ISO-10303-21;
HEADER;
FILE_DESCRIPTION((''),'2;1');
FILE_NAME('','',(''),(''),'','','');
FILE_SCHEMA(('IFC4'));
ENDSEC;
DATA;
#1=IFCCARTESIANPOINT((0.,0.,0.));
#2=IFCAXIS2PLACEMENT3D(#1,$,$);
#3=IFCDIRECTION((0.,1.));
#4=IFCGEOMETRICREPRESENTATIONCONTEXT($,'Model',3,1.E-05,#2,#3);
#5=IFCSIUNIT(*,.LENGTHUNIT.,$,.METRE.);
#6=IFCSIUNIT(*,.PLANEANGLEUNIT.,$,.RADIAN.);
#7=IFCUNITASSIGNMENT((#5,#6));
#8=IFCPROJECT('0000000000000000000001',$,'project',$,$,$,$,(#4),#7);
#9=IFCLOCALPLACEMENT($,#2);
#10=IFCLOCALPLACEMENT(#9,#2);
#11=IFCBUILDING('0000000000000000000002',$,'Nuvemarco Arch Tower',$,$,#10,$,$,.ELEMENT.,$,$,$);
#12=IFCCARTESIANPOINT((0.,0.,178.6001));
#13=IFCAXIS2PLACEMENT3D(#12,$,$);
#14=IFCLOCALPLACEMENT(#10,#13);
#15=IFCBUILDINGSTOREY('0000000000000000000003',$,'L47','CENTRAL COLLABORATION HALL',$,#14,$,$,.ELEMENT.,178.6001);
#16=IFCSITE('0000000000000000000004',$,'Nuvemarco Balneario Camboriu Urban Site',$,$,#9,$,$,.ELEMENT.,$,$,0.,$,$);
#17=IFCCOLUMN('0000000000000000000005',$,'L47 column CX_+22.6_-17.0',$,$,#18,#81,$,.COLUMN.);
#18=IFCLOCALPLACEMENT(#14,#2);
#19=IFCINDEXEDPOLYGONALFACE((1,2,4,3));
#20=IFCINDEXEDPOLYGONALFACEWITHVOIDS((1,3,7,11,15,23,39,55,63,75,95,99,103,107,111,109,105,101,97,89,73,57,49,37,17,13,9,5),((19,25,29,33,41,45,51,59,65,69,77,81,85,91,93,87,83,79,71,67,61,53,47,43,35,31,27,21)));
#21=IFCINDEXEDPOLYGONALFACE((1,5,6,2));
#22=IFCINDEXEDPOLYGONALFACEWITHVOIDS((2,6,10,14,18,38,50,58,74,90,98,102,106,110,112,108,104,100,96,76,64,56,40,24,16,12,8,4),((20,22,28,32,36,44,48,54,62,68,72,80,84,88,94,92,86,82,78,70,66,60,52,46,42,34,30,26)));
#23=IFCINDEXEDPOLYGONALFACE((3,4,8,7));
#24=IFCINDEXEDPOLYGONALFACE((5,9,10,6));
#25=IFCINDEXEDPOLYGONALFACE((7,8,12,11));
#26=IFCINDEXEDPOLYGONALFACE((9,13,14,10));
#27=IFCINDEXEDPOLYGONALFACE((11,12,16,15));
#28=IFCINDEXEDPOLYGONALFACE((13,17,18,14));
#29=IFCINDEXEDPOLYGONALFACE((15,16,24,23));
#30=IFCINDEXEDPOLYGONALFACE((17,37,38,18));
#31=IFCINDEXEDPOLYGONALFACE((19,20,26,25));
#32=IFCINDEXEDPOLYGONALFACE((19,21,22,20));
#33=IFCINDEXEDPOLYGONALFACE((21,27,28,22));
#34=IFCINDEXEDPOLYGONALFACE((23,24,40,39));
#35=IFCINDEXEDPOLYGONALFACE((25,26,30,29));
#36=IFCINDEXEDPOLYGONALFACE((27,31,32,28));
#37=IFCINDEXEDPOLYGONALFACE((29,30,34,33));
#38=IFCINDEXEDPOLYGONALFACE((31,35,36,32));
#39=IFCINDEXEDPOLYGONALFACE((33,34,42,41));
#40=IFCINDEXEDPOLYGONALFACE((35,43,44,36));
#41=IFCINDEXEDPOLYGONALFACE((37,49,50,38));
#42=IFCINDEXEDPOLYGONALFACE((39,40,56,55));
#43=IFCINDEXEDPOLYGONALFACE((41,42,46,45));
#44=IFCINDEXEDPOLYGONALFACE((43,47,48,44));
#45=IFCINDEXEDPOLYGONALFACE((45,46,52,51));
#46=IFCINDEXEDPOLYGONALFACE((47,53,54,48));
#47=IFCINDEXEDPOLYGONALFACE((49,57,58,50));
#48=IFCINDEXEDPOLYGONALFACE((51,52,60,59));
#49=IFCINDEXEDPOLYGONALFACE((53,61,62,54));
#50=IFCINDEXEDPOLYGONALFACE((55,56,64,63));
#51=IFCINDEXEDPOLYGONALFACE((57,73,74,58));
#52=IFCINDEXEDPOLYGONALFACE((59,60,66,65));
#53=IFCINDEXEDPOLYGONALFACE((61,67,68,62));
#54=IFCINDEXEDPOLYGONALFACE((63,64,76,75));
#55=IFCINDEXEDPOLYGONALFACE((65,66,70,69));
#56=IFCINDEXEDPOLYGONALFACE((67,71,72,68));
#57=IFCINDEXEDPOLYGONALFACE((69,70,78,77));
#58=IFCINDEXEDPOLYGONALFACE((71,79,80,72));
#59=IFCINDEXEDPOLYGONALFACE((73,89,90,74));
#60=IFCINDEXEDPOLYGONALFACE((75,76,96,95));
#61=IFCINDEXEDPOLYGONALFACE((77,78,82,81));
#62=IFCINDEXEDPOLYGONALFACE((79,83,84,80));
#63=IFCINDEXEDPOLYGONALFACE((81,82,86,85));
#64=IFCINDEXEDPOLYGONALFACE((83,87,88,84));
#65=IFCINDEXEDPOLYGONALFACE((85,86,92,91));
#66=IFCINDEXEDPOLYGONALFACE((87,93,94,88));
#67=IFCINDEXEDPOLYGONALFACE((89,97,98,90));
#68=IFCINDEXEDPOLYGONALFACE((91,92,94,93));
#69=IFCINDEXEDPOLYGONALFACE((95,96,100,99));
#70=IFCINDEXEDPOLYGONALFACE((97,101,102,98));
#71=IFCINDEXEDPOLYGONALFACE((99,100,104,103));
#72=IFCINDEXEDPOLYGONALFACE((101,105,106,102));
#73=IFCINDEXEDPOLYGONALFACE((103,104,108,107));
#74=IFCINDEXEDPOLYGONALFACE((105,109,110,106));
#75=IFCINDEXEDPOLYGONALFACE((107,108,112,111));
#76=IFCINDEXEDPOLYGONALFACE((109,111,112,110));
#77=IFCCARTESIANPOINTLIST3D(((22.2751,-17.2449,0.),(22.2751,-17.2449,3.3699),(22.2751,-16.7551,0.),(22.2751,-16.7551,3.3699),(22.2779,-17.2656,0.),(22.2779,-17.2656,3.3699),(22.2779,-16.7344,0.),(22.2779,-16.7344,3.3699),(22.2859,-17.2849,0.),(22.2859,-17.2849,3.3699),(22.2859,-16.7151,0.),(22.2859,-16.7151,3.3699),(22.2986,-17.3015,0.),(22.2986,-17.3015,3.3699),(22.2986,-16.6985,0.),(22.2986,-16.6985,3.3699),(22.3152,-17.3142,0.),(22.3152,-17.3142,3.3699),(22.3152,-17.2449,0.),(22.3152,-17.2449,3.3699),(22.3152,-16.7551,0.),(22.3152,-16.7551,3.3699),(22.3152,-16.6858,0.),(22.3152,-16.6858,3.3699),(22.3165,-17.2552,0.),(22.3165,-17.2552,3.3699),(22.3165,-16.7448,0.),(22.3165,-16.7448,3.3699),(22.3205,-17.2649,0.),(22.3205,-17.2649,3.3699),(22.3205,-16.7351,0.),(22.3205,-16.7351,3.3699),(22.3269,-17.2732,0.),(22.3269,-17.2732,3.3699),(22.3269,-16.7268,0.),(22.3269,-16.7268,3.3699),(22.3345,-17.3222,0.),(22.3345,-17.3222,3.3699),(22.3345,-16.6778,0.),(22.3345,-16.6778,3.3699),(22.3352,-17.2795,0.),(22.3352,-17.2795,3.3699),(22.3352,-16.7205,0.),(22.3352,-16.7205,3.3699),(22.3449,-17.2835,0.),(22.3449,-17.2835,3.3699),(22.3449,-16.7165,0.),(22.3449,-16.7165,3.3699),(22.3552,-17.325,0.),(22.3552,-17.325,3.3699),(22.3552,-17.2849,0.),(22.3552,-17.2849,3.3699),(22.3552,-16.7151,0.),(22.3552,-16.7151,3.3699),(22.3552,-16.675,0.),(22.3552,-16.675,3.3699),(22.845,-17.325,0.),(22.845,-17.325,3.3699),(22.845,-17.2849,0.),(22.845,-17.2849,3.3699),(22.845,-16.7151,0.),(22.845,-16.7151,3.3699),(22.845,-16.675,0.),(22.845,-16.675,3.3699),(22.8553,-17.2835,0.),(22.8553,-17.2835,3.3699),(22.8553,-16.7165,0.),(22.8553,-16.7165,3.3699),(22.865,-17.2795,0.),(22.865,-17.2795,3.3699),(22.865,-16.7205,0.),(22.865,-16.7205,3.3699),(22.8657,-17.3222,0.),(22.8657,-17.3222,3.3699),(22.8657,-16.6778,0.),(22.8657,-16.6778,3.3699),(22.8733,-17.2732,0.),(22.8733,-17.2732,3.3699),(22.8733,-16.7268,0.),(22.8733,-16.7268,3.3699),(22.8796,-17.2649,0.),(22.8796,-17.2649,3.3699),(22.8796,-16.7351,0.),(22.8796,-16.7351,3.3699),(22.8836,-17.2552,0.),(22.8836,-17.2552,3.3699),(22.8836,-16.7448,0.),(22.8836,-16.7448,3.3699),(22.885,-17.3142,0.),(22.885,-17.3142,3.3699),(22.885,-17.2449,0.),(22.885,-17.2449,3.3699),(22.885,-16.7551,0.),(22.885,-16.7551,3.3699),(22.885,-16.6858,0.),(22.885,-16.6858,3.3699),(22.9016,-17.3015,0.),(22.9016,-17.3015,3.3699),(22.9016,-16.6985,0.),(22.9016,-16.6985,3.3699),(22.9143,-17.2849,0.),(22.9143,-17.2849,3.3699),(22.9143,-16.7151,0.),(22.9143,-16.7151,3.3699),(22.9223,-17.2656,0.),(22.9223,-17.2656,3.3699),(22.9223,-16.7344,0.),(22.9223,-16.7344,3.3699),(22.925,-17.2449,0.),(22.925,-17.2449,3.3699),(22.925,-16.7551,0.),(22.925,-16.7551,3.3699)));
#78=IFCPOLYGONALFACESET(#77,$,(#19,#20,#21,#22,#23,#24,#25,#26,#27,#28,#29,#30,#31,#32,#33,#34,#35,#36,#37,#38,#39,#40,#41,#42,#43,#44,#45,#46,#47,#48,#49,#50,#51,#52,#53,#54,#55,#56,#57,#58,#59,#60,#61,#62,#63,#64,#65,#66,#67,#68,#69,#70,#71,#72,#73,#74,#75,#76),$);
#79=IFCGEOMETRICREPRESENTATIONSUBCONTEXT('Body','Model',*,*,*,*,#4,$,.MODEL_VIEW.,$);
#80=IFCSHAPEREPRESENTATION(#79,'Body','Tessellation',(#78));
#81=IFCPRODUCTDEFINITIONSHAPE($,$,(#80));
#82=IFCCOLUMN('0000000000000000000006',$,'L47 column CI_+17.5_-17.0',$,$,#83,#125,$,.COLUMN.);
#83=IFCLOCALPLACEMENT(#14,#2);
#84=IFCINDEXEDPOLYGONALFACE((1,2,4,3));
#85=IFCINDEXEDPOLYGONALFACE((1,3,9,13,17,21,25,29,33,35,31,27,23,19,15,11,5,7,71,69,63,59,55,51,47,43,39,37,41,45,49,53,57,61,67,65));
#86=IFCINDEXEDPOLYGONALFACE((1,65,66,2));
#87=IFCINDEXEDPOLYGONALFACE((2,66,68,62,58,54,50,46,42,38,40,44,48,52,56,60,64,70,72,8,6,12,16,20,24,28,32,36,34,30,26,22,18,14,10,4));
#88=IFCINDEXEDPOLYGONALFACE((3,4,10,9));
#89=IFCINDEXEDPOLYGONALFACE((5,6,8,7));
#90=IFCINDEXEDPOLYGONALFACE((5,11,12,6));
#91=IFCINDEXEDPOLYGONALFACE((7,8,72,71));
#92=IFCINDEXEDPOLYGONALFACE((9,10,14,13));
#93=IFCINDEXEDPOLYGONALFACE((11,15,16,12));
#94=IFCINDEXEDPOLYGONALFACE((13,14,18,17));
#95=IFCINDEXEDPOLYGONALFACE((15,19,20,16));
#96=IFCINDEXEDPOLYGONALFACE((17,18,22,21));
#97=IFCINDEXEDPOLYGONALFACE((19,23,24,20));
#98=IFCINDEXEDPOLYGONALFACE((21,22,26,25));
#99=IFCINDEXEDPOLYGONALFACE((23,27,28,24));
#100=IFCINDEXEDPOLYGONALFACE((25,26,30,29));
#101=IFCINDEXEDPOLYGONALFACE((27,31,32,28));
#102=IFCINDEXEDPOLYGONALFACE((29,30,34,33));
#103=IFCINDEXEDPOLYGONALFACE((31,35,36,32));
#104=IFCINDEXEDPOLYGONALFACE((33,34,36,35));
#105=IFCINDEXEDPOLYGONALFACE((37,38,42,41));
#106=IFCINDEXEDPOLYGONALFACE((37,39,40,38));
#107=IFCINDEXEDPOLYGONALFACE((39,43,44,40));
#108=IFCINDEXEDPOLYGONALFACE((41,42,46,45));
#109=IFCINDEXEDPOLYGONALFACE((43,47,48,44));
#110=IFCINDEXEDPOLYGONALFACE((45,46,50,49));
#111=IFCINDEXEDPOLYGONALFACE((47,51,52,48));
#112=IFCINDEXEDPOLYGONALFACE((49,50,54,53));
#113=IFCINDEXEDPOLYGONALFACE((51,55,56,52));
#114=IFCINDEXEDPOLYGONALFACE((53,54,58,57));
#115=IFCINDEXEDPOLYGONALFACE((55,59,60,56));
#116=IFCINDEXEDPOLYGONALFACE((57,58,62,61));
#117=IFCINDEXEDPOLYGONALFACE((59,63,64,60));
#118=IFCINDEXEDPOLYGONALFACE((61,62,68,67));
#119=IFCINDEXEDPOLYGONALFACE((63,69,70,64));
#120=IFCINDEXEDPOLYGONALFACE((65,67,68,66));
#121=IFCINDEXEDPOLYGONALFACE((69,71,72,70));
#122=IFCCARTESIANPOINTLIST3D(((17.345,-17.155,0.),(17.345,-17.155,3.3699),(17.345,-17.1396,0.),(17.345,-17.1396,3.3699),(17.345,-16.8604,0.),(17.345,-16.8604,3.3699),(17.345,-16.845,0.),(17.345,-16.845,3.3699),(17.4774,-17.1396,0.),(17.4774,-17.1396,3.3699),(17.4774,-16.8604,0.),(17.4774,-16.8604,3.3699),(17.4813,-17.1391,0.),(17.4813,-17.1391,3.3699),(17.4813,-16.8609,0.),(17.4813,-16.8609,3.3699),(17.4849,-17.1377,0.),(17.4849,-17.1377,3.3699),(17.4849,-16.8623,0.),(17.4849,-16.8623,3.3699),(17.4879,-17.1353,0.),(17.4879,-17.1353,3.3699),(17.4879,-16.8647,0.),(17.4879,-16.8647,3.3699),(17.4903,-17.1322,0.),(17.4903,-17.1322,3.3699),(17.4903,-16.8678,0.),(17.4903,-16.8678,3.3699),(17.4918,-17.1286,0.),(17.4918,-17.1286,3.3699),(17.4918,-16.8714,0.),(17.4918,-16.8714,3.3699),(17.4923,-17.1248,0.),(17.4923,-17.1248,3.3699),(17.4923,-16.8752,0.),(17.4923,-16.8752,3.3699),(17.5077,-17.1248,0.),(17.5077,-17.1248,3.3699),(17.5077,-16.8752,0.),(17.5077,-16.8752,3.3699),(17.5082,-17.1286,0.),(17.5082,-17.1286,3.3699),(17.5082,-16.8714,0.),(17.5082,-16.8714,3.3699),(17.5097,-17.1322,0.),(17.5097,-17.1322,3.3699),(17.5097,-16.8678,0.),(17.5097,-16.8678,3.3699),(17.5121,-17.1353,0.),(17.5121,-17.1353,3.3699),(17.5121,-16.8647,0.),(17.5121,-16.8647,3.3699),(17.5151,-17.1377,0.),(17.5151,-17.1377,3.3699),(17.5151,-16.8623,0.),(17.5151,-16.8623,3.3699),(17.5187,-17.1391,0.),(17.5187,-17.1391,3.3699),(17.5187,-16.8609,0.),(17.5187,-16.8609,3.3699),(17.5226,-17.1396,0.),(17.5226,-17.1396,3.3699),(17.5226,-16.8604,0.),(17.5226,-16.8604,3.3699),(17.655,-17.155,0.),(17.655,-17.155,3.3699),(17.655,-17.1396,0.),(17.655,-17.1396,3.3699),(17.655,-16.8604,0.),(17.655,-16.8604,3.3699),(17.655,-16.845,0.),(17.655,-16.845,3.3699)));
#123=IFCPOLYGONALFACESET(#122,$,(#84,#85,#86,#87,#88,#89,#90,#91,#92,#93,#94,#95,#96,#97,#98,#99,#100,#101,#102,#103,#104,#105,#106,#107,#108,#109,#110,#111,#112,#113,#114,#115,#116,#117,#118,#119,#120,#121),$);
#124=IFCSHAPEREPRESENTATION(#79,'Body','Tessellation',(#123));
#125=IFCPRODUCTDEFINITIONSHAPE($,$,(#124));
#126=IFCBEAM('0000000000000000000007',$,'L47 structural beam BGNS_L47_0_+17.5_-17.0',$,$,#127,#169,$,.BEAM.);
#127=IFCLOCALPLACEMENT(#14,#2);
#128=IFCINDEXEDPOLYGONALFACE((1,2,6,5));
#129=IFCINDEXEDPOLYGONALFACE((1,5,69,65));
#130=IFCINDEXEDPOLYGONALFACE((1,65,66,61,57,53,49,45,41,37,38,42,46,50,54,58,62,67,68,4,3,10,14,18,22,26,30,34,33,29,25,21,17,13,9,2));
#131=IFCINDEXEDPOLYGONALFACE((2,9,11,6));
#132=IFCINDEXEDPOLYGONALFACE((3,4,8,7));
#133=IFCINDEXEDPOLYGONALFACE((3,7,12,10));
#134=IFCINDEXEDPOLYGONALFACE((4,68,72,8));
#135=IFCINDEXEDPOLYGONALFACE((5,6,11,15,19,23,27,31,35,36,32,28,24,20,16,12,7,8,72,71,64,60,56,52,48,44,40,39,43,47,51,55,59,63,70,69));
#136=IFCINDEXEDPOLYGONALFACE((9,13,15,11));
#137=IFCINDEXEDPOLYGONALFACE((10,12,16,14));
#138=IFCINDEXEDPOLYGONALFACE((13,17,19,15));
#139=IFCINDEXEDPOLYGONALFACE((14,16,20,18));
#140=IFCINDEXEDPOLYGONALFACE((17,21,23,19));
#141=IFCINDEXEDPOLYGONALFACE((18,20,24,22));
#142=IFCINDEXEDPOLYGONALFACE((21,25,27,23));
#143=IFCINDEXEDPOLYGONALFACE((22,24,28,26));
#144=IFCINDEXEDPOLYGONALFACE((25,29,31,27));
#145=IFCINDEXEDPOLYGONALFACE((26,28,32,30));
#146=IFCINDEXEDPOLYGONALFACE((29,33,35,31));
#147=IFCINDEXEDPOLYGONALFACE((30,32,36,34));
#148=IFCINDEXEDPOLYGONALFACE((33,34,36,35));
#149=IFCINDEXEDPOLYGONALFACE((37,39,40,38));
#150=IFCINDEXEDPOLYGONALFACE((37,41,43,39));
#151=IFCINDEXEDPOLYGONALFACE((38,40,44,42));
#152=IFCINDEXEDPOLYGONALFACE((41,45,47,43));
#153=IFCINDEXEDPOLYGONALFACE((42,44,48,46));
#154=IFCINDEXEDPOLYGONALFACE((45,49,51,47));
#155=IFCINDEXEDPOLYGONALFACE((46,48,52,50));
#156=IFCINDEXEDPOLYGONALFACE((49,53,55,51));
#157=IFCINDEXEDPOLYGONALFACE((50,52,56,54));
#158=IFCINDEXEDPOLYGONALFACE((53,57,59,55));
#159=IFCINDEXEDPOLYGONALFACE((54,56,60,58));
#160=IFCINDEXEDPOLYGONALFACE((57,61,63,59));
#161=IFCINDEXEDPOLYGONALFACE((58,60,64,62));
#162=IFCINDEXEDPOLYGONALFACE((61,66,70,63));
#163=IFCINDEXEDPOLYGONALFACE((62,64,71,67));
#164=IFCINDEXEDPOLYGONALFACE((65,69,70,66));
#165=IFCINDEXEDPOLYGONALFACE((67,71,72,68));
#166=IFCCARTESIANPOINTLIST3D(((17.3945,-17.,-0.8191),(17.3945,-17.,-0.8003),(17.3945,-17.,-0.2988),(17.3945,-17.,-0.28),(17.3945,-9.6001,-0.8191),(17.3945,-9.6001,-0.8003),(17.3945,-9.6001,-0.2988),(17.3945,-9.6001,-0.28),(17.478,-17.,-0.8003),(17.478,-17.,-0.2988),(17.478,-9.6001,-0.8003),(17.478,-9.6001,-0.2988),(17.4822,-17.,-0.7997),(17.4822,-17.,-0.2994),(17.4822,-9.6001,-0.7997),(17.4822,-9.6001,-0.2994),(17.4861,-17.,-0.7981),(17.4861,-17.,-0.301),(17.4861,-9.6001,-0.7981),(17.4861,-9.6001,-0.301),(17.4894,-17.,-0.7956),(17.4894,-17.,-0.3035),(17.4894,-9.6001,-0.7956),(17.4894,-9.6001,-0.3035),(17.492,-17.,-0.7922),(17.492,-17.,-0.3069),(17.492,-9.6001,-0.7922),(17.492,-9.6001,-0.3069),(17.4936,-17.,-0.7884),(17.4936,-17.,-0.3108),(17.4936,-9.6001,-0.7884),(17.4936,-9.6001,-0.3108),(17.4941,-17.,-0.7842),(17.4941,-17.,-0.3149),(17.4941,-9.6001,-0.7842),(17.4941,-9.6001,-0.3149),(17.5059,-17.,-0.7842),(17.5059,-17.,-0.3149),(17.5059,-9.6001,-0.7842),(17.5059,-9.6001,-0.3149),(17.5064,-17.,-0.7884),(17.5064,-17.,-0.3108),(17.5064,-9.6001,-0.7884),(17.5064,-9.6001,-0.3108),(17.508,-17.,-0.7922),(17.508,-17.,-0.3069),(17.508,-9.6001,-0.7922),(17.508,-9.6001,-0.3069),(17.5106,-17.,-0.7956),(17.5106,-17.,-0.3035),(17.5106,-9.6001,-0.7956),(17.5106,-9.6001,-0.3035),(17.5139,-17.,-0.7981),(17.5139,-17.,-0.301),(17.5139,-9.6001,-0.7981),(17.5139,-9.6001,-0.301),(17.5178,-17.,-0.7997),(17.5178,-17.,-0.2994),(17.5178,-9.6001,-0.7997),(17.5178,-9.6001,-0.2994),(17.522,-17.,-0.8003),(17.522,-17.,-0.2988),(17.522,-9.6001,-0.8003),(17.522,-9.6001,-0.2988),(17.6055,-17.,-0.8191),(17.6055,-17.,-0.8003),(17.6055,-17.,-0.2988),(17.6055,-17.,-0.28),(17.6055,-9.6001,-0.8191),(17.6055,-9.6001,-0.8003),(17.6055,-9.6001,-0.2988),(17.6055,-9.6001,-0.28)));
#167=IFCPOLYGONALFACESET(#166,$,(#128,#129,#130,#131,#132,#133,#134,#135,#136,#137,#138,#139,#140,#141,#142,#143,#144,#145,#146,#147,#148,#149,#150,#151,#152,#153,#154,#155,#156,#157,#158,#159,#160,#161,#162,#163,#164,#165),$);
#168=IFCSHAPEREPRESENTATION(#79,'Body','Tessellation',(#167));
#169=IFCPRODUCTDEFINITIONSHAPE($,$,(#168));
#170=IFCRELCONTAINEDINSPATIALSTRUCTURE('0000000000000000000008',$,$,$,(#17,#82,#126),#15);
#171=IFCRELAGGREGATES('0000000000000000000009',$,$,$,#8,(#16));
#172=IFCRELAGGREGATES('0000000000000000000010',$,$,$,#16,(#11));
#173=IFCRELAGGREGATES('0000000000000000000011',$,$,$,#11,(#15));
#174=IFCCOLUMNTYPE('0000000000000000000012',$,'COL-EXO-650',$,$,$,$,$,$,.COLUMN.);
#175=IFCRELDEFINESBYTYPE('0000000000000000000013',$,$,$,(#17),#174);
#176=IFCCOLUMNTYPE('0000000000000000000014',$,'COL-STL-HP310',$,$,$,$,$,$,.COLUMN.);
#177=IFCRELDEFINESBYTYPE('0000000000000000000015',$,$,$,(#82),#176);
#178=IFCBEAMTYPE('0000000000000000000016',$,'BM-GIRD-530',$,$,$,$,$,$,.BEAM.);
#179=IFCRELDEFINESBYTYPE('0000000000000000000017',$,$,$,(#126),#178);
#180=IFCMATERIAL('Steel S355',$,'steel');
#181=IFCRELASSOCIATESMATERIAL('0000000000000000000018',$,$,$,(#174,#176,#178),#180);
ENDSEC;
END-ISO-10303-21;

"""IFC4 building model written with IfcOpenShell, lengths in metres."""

from ifc_helpers import new_model, si_unit, direction, frame, origin, origin_2d, place, context, subcontext, project, spatial, hollow_rectangle, i_section, extrude, material, material_profile, profile_set, type_object, element, save


model = new_model("IFC4")

# Units and contexts
model_context = context("Model", 3, precision=1e-05, world=origin(), true_north=direction((0.0, 1.0)))
body_context = subcontext(model_context, "Body", "Model", "MODEL_VIEW")
ifc_project = project(units=[si_unit("LENGTHUNIT", "METRE"), si_unit("PLANEANGLEUNIT", "RADIAN")], contexts=[model_context])

# Site, building, storey
site_placement = place(None, origin())
site = spatial("IfcSite", under=ifc_project, at=site_placement, Name="Nuvemarco Balneario Camboriu Urban Site", CompositionType="ELEMENT", RefElevation=0.0)
building_placement = place(site_placement, origin())
building = spatial("IfcBuilding", under=site, at=building_placement, Name="Nuvemarco Arch Tower", CompositionType="ELEMENT")
storey_placement = place(building_placement, frame((0.0, 0.0, 178.6001)))
storey = spatial("IfcBuildingStorey", under=building, at=storey_placement, Name="L47", Description="CENTRAL COLLABORATION HALL", CompositionType="ELEMENT", Elevation=178.6001)

# Columns
ifc_material_1 = material(Name="Steel S355", Category="steel")
ifc_material_profile_1 = material_profile(ifc_material_1, hollow_rectangle(XDim=0.6499, YDim=0.6499, WallThickness=0.04, InnerFilletRadius=0.04, OuterFilletRadius=0.0801, at=origin_2d()), Name="SHS650x650x40")
ifc_profile_set_1 = profile_set([ifc_material_profile_1], Name="Steel S355")
column_type_1 = type_object("IfcColumnType", Name="COL-EXO-650", PredefinedType="COLUMN", material=ifc_profile_set_1)
column_1_placement = place(storey_placement, frame((22.6001, -17.0, 0.0), z_axis=(0.0, 0.0, 1.0), x_axis=(1.0, 0.0, 0.0)))
element("IfcColumn", 1, at=column_1_placement, inside=storey, type_object=column_type_1, Name="L47 column CX_+22.6_-17.0", PredefinedType="COLUMN", context=body_context, shape_type="SweptSolid", body=[
    extrude(hollow_rectangle(XDim=0.6499, YDim=0.6499, WallThickness=0.04, InnerFilletRadius=0.04, OuterFilletRadius=0.0801, at=origin_2d()), origin(), (0.0, 0.0, 1.0), 3.3699),
])
ifc_material_profile_2 = material_profile(ifc_material_1, i_section(OverallWidth=0.3101, OverallDepth=0.3101, WebThickness=0.0154, FlangeThickness=0.0154, FilletRadius=0.0149, at=origin_2d()), Name="HP310x110")
ifc_profile_set_2 = profile_set([ifc_material_profile_2], Name="Steel S355")
column_type_2 = type_object("IfcColumnType", Name="COL-STL-HP310", PredefinedType="COLUMN", material=ifc_profile_set_2)
column_2_placement = place(storey_placement, frame((17.5, -17.0, 0.0), z_axis=(0.0, 0.0, 1.0), x_axis=(1.0, 0.0, 0.0)))
element("IfcColumn", 2, at=column_2_placement, inside=storey, type_object=column_type_2, Name="L47 column CI_+17.5_-17.0", PredefinedType="COLUMN", context=body_context, shape_type="SweptSolid", body=[
    extrude(i_section(OverallWidth=0.3101, OverallDepth=0.3101, WebThickness=0.0154, FlangeThickness=0.0154, FilletRadius=0.0149, at=origin_2d()), origin(), (0.0, 0.0, 1.0), 3.3699),
])

# Beam
ifc_material_profile_3 = material_profile(ifc_material_1, i_section(OverallWidth=0.2109, OverallDepth=0.5391, WebThickness=0.0117, FlangeThickness=0.0188, FilletRadius=0.0161, at=origin_2d()), Name="W530x109")
ifc_profile_set_3 = profile_set([ifc_material_profile_3], Name="Steel S355")
beam_type_1 = type_object("IfcBeamType", Name="BM-GIRD-530", PredefinedType="BEAM", material=ifc_profile_set_3)
beam_1_placement = place(storey_placement, frame((17.5, -17.0, -0.5496), z_axis=(0.0, 1.0, 0.0), x_axis=(-1.0, 0.0, 0.0)))
element("IfcBeam", 3, at=beam_1_placement, inside=storey, type_object=beam_type_1, Name="L47 structural beam BGNS_L47_0_+17.5_-17.0", PredefinedType="BEAM", context=body_context, shape_type="SweptSolid", body=[
    extrude(i_section(OverallWidth=0.2109, OverallDepth=0.5391, WebThickness=0.0117, FlangeThickness=0.0188, FilletRadius=0.0161, at=origin_2d()), origin(), (0.0, 0.0, 1.0), 7.3999),
])

save(model, "model.ifc")
